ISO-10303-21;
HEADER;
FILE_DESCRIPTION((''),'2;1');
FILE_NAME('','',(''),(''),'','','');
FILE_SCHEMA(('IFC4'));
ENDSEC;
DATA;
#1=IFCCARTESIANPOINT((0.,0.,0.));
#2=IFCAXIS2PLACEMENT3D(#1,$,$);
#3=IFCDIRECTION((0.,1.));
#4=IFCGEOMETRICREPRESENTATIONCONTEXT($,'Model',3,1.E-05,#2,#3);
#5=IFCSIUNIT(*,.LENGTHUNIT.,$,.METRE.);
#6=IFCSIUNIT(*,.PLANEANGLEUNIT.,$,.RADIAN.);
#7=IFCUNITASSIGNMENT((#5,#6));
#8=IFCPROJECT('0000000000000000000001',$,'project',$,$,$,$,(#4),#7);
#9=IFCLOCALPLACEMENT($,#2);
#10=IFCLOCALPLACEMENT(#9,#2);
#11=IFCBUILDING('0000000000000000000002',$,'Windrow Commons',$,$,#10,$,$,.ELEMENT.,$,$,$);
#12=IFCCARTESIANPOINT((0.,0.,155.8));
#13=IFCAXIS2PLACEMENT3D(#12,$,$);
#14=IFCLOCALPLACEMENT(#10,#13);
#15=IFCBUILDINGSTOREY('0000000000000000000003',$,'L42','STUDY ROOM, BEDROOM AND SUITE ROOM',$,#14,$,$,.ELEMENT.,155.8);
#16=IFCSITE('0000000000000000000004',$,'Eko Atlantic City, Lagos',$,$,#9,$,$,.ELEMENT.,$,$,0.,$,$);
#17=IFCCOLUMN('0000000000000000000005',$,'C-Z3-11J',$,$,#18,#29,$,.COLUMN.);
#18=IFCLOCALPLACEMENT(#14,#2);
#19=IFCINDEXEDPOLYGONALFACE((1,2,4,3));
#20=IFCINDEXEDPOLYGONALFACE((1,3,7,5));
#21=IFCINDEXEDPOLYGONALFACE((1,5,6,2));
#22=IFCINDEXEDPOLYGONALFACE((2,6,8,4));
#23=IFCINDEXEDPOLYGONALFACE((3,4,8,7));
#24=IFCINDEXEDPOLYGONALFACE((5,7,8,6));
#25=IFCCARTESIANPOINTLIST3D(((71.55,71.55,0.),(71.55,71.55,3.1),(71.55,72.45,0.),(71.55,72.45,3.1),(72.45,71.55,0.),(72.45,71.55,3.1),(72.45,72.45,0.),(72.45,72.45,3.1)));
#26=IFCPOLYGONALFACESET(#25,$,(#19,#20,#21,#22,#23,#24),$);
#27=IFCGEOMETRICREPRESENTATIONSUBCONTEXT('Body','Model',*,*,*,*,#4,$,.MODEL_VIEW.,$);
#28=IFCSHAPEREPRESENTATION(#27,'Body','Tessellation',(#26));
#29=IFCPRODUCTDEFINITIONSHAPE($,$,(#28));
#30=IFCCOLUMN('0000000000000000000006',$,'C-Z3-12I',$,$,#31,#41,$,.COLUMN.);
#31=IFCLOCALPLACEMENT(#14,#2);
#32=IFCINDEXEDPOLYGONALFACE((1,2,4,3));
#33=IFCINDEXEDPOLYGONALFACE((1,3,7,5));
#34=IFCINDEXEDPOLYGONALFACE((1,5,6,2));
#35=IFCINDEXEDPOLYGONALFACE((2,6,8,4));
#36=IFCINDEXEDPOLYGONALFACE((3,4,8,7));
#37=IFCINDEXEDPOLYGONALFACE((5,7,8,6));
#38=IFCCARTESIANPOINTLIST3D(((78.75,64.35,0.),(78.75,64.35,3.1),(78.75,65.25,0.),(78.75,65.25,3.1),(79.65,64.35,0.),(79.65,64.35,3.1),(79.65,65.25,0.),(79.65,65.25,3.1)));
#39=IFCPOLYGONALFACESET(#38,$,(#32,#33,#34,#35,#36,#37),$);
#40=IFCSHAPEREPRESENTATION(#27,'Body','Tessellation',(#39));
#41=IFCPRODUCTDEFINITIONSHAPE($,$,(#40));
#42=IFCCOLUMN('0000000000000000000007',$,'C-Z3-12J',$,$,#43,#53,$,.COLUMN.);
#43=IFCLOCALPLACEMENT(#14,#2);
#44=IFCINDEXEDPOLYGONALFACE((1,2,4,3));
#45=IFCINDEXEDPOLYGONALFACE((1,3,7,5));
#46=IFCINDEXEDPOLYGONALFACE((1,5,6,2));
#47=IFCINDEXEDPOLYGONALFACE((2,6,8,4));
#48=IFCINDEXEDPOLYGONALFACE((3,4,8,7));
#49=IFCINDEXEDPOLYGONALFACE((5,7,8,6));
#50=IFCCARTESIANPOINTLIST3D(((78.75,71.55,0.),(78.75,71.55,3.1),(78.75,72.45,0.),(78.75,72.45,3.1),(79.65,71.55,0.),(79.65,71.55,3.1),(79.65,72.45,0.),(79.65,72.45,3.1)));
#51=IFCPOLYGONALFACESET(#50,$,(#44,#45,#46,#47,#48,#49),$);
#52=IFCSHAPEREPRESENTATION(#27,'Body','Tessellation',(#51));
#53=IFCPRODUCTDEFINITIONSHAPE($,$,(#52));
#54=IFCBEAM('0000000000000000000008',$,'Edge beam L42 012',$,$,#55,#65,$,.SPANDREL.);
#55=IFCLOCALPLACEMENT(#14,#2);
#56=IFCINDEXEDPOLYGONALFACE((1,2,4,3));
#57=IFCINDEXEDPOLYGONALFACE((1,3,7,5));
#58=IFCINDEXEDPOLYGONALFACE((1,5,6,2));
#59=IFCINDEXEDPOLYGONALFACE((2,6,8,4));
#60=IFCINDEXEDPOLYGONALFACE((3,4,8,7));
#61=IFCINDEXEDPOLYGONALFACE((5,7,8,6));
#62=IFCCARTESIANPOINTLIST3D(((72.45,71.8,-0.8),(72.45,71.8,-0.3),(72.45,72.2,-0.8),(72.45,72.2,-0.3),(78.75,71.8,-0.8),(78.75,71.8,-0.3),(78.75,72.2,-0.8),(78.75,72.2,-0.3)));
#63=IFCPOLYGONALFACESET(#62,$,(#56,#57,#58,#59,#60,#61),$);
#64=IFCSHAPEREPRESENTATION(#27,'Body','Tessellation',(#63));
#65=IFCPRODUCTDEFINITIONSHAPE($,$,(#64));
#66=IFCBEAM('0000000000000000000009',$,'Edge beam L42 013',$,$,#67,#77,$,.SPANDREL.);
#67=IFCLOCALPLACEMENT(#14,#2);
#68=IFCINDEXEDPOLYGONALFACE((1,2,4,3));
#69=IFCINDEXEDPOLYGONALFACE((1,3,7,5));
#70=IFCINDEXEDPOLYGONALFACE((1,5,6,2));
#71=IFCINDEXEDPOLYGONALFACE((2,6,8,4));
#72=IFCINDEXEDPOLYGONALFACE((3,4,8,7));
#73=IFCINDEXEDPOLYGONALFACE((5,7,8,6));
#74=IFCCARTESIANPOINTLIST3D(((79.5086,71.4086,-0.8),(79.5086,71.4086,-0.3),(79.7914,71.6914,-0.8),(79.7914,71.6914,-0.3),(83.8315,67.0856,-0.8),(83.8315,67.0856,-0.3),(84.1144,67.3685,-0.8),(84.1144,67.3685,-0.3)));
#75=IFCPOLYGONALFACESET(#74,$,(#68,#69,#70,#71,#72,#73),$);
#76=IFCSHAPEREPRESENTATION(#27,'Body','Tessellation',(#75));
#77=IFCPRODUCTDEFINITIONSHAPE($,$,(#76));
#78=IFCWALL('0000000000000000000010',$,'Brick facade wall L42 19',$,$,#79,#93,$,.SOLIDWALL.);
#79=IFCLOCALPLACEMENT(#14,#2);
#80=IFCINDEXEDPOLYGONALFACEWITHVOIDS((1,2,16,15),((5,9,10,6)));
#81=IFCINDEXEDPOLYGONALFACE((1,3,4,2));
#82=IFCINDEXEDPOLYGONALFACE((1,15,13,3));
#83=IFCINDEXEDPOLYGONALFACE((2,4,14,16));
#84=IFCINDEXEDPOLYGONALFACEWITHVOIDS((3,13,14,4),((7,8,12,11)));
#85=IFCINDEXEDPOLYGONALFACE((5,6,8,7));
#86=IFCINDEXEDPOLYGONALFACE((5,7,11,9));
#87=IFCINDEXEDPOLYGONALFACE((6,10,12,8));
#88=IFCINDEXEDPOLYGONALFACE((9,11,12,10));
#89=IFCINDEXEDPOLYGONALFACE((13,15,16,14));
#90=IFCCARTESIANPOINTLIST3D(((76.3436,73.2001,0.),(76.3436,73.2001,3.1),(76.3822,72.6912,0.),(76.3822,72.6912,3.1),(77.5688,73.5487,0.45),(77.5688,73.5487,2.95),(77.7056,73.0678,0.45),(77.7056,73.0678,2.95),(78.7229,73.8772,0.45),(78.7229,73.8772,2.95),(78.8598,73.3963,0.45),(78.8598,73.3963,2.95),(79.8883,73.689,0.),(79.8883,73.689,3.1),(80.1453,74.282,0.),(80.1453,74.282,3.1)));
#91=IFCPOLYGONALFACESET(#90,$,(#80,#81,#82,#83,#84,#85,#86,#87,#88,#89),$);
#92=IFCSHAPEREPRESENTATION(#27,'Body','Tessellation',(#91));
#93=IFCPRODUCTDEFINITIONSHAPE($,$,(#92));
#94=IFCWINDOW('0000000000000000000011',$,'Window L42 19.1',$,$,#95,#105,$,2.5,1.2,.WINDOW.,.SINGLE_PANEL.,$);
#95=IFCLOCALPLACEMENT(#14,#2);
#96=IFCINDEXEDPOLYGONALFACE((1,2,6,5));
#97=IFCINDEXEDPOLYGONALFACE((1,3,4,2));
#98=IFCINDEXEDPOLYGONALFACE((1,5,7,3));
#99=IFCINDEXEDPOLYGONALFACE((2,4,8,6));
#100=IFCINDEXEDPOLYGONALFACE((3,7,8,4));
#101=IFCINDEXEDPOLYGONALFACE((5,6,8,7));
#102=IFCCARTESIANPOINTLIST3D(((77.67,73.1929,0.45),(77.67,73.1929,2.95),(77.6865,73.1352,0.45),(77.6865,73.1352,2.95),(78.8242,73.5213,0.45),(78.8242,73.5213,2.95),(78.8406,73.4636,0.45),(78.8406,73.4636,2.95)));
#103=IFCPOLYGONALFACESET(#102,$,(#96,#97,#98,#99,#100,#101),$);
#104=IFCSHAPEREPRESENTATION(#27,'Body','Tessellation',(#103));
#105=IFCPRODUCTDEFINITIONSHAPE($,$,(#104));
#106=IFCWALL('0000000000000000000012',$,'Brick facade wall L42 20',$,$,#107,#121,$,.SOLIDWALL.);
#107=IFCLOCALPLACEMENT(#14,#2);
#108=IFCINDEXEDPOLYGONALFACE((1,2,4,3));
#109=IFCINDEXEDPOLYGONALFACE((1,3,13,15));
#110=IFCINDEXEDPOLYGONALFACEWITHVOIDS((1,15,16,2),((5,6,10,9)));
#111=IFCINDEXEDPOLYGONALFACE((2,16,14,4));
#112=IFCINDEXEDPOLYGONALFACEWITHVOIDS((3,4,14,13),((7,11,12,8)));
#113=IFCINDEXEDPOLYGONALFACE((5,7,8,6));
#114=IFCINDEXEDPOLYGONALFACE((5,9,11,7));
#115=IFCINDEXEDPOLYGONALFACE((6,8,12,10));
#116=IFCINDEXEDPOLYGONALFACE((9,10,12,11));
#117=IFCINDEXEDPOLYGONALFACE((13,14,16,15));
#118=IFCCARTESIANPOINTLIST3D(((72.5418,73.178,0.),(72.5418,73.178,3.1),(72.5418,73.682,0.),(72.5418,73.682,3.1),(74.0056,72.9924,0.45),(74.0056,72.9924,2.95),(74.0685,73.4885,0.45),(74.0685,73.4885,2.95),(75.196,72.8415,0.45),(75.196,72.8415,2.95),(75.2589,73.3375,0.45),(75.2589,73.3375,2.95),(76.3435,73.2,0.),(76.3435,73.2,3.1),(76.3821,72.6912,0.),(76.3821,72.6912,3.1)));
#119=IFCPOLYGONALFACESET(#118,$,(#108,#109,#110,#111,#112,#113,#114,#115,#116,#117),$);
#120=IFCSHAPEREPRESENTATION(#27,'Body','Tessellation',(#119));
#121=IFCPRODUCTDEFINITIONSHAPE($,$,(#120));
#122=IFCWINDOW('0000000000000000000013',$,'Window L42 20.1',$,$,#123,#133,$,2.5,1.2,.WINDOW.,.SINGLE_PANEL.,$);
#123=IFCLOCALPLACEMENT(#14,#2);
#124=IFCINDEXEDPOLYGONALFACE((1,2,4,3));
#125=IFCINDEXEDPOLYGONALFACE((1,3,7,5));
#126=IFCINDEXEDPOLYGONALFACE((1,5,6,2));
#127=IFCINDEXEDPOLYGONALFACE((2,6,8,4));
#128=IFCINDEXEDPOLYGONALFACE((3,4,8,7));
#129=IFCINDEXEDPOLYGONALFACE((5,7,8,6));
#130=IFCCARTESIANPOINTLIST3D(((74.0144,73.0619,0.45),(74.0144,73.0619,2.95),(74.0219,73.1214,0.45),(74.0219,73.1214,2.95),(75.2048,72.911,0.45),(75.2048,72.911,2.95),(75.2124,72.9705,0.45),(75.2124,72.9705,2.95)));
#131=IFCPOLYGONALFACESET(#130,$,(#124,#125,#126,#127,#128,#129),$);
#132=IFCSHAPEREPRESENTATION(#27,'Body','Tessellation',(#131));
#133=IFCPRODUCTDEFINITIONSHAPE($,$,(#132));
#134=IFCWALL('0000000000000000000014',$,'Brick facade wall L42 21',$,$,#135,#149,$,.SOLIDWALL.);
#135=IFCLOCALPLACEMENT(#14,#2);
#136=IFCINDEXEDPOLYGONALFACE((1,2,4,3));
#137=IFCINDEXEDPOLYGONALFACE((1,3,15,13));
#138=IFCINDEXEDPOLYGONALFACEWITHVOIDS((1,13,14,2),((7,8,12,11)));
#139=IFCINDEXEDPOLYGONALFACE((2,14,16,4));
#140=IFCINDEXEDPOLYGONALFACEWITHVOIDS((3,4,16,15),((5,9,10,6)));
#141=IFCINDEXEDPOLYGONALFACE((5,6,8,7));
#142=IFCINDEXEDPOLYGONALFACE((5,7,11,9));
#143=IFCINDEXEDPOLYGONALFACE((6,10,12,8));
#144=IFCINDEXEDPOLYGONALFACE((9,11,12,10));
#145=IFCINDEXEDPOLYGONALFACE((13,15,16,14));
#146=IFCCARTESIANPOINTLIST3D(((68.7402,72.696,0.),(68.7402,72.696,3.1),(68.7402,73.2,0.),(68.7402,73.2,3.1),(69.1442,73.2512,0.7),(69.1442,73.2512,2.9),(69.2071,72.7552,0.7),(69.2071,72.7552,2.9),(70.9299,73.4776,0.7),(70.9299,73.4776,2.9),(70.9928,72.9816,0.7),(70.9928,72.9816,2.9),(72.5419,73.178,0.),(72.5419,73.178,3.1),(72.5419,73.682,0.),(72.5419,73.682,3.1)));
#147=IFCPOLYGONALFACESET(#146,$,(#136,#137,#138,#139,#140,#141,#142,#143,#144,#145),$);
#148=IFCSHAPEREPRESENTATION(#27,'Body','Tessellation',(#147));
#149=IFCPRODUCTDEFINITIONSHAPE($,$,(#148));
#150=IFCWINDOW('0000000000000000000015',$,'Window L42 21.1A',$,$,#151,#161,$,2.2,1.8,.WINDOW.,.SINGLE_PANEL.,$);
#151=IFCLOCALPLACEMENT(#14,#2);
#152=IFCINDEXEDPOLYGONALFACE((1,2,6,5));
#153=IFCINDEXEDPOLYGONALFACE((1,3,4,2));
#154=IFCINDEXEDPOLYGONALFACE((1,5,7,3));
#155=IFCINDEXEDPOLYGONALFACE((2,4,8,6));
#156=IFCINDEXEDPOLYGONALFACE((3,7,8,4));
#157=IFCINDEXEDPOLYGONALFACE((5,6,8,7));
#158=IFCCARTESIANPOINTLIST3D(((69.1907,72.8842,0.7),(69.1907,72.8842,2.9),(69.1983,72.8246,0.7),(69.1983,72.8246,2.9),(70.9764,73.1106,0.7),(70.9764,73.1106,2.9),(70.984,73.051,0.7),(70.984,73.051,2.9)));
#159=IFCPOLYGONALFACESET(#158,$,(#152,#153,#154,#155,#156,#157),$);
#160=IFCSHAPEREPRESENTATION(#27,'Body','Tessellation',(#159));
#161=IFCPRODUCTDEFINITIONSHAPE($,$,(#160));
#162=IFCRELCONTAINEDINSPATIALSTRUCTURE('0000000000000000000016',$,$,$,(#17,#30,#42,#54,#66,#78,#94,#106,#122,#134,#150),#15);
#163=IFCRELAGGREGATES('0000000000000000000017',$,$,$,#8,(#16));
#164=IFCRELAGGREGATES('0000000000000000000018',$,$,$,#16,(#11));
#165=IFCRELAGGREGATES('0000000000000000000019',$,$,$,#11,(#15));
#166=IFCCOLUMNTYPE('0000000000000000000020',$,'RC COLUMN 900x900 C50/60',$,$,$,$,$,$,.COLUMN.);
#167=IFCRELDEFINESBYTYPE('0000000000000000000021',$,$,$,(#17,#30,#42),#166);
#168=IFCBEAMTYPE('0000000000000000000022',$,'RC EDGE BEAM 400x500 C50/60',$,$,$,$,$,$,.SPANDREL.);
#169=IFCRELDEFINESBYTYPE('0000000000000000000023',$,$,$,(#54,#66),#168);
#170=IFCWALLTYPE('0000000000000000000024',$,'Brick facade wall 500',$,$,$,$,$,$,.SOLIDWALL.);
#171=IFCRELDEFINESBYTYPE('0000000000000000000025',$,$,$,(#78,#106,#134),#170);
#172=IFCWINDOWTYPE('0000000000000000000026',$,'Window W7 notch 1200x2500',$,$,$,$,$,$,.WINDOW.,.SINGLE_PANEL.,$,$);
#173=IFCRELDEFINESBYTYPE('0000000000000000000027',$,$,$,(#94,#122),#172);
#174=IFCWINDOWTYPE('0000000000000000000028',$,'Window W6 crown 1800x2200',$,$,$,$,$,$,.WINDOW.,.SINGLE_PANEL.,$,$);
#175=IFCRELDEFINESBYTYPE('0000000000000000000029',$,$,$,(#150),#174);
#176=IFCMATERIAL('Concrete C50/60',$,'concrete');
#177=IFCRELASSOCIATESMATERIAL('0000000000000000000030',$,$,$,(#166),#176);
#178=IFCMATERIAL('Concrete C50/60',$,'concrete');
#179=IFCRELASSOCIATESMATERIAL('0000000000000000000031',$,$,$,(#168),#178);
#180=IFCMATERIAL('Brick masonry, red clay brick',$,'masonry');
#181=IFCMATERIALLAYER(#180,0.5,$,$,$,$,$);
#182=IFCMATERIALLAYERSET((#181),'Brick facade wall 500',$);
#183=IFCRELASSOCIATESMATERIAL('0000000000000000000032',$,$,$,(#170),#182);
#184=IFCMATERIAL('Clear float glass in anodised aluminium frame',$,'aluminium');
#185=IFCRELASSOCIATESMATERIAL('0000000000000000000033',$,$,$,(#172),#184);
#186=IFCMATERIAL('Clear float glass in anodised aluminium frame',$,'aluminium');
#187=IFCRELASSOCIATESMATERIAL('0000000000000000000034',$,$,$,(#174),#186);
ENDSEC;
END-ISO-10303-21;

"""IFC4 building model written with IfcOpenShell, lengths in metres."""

from ifc_helpers import new_model, si_unit, direction, frame, frame_2d, origin, origin_2d, place, context, subcontext, project, spatial, polyline, rectangle, outline, extrude, material, layer, layer_set, material_profile, profile_set, type_object, element, fill, save


model = new_model("IFC4")

# Units and contexts
model_context = context("Model", 3, precision=1e-05, world=origin(), true_north=direction((0.0, 1.0)))
body_context = subcontext(model_context, "Body", "Model", "MODEL_VIEW")
ifc_project = project(units=[si_unit("LENGTHUNIT", "METRE"), si_unit("PLANEANGLEUNIT", "RADIAN")], contexts=[model_context])

# Site, building, storey
site_placement = place(None, origin())
site = spatial("IfcSite", under=ifc_project, at=site_placement, Name="Eko Atlantic City, Lagos", CompositionType="ELEMENT", RefElevation=0.0)
building_placement = place(site_placement, origin())
building = spatial("IfcBuilding", under=site, at=building_placement, Name="Windrow Commons", CompositionType="ELEMENT")
storey_placement = place(building_placement, frame((0.0, 0.0, 155.8)))
storey = spatial("IfcBuildingStorey", under=building, at=storey_placement, Name="L42", Description="STUDY ROOM, BEDROOM AND SUITE ROOM", CompositionType="ELEMENT", Elevation=155.8)

# Columns
ifc_material_1 = material(Name="Concrete C50/60", Category="concrete")
ifc_material_profile_1 = material_profile(ifc_material_1, rectangle(XDim=0.9, YDim=0.9, at=origin_2d()))
ifc_profile_set_1 = profile_set([ifc_material_profile_1], Name="Concrete C50/60")
column_type = type_object("IfcColumnType", Name="RC COLUMN 900x900 C50/60", PredefinedType="COLUMN", material=ifc_profile_set_1)
for number, where, z_axis, x_axis, name in (
    (1, (72.0, 72.0, 0.0), (0.0, 0.0, 1.0), (1.0, 0.0, 0.0), "C-Z3-11J"),
    (2, (79.2, 64.8, 0.0), (0.0, 0.0, 1.0), (1.0, 0.0, 0.0), "C-Z3-12I"),
    (3, (79.2, 72.0, 0.0), (0.0, 0.0, 1.0), (1.0, 0.0, 0.0), "C-Z3-12J"),
):
    element("IfcColumn", number, at=place(storey_placement, frame(where, z_axis=z_axis, x_axis=x_axis)), inside=storey, type_object=column_type, Name=name, PredefinedType="COLUMN", context=body_context, shape_type="SweptSolid", body=[
        extrude(rectangle(XDim=0.9, YDim=0.9, at=origin_2d()), origin(), (0.0, 0.0, 1.0), 3.1),
    ])

# Beams
ifc_material_2 = material(Name="Concrete C50/60", Category="concrete")
ifc_material_profile_2 = material_profile(ifc_material_2, rectangle(XDim=0.4, YDim=0.5, at=origin_2d()))
ifc_profile_set_2 = profile_set([ifc_material_profile_2], Name="Concrete C50/60")
beam_type = type_object("IfcBeamType", Name="RC EDGE BEAM 400x500 C50/60", PredefinedType="SPANDREL", material=ifc_profile_set_2)
beam_1_placement = place(storey_placement, frame((72.45, 72.0, -0.55), z_axis=(1.0, 0.0, 0.0), x_axis=(0.0, 1.0, 0.0)))
element("IfcBeam", 4, at=beam_1_placement, inside=storey, type_object=beam_type, Name="Edge beam L42 012", PredefinedType="SPANDREL", context=body_context, shape_type="SweptSolid", body=[
    extrude(rectangle(XDim=0.4, YDim=0.5, at=origin_2d()), origin(), (0.0, 0.0, 1.0), 6.3),
])
beam_2_placement = place(storey_placement, frame((79.65, 71.55, -0.55), z_axis=(0.707107, -0.707107, 0.0), x_axis=(0.707107, 0.707107, 0.0)))
element("IfcBeam", 5, at=beam_2_placement, inside=storey, type_object=beam_type, Name="Edge beam L42 013", PredefinedType="SPANDREL", context=body_context, shape_type="SweptSolid", body=[
    extrude(rectangle(XDim=0.4, YDim=0.5, at=origin_2d()), origin(), (0.0, 0.0, 1.0), 6.1136),
])

# Walls, openings, windows
ifc_material_3 = material(Name="Brick masonry, red clay brick", Category="masonry")
ifc_layer_1 = layer(ifc_material_3, 0.5)
ifc_layer_set_1 = layer_set([ifc_layer_1], Name="Brick facade wall 500")
wall_type_1 = type_object("IfcWallType", Name="Brick facade wall 500", PredefinedType="SOLIDWALL", material=ifc_layer_set_1)
wall_1_placement = place(storey_placement, frame((80.0168, 73.9855, 0.0), z_axis=(0.0, 0.0, 1.0), x_axis=(-0.961809, -0.273723, 0.0)))
wall_1 = element("IfcWall", 6, at=wall_1_placement, inside=storey, type_object=wall_type_1, Name="Brick facade wall L42 19", PredefinedType="SOLIDWALL", context=body_context, shape_type="SweptSolid", body=[
    extrude(outline(polyline([(-0.2048, -0.25), (3.7479, -0.25), (3.8501, 0.25), (0.2048, 0.25), (-0.2048, -0.25)])), origin(), (0.0, 0.0, 1.0), 3.1),
])
opening_1_placement = place(wall_1_placement, frame((1.2741, 0.0, 0.45)))
opening_1 = element("IfcOpeningElement", 7, at=opening_1_placement, cuts=wall_1, PredefinedType="OPENING", context=body_context, shape_type="SweptSolid", body=[
    extrude(rectangle(XDim=1.2, YDim=2.5, at=frame_2d((0.6, 1.25))), frame((0.0, 0.26, 0.0), z_axis=(0.0, -1.0, 0.0), x_axis=(1.0, 0.0, 0.0)), (0.0, 0.0, 1.0), 0.52),
])
ifc_material_4 = material(Name="Clear float glass in anodised aluminium frame", Category="aluminium")
window_type_1 = type_object("IfcWindowType", Name="Window W7 notch 1200x2500", PartitioningType="SINGLE_PANEL", PredefinedType="WINDOW", material=ifc_material_4)
window_1_placement = place(opening_1_placement, origin())
window_1 = element("IfcWindow", 8, at=window_1_placement, inside=storey, type_object=window_type_1, Name="Window L42 19.1", OverallHeight=2.5, OverallWidth=1.2, PartitioningType="SINGLE_PANEL", PredefinedType="WINDOW", context=body_context, shape_type="SweptSolid", body=[
    extrude(rectangle(XDim=1.2, YDim=2.5, at=frame_2d((0.6, 1.25))), frame((0.0, 0.18, 0.0), z_axis=(0.0, -1.0, 0.0), x_axis=(1.0, 0.0, 0.0)), (0.0, 0.0, 1.0), 0.06),
])
fill(opening_1, window_1)
wall_2_placement = place(storey_placement, frame((76.3628, 72.9456, 0.0), z_axis=(0.0, 0.0, 1.0), x_axis=(-0.992059, 0.12577, 0.0)))
wall_2 = element("IfcWall", 9, at=wall_2_placement, inside=storey, type_object=wall_type_1, Name="Brick facade wall L42 20", PredefinedType="SOLIDWALL", context=body_context, shape_type="SweptSolid", body=[
    extrude(outline(polyline([(0.0511, -0.25), (3.8833, -0.25), (3.8199, 0.25), (-0.0511, 0.25), (0.0511, -0.25)])), origin(), (0.0, 0.0, 1.0), 3.1),
])
opening_2_placement = place(wall_2_placement, frame((1.1444, 0.0, 0.45)))
opening_2 = element("IfcOpeningElement", 10, at=opening_2_placement, cuts=wall_2, PredefinedType="OPENING", context=body_context, shape_type="SweptSolid", body=[
    extrude(rectangle(XDim=1.2, YDim=2.5, at=frame_2d((0.6, 1.25))), frame((0.0, 0.26, 0.0), z_axis=(0.0, -1.0, 0.0), x_axis=(1.0, 0.0, 0.0)), (0.0, 0.0, 1.0), 0.52),
])
window_2_placement = place(opening_2_placement, origin())
window_2 = element("IfcWindow", 11, at=window_2_placement, inside=storey, type_object=window_type_1, Name="Window L42 20.1", OverallHeight=2.5, OverallWidth=1.2, PartitioningType="SINGLE_PANEL", PredefinedType="WINDOW", context=body_context, shape_type="SweptSolid", body=[
    extrude(rectangle(XDim=1.2, YDim=2.5, at=frame_2d((0.6, 1.25))), frame((0.0, 0.18, 0.0), z_axis=(0.0, -1.0, 0.0), x_axis=(1.0, 0.0, 0.0)), (0.0, 0.0, 1.0), 0.06),
])
fill(opening_2, window_2)
wall_3_placement = place(storey_placement, frame((72.5419, 73.43, 0.0), z_axis=(0.0, 0.0, 1.0), x_axis=(-0.992058, -0.125779, 0.0)))
wall_3 = element("IfcWall", 12, at=wall_3_placement, inside=storey, type_object=wall_type_1, Name="Brick facade wall L42 21", PredefinedType="SOLIDWALL", context=body_context, shape_type="SweptSolid", body=[
    extrude(outline(polyline([(-0.0317, -0.25), (3.8004, -0.25), (3.8638, 0.25), (0.0317, 0.25), (-0.0317, -0.25)])), origin(), (0.0, 0.0, 1.0), 3.1),
])
opening_3_placement = place(wall_3_placement, frame((1.5932, 0.0, 0.7)))
opening_3 = element("IfcOpeningElement", 13, at=opening_3_placement, cuts=wall_3, PredefinedType="OPENING", context=body_context, shape_type="SweptSolid", body=[
    extrude(rectangle(XDim=1.8, YDim=2.2, at=frame_2d((0.9, 1.1))), frame((0.0, 0.26, 0.0), z_axis=(0.0, -1.0, 0.0), x_axis=(1.0, 0.0, 0.0)), (0.0, 0.0, 1.0), 0.52),
])
ifc_material_5 = material(Name="Clear float glass in anodised aluminium frame", Category="aluminium")
window_type_2 = type_object("IfcWindowType", Name="Window W6 crown 1800x2200", PartitioningType="SINGLE_PANEL", PredefinedType="WINDOW", material=ifc_material_5)
window_3_placement = place(opening_3_placement, origin())
window_3 = element("IfcWindow", 14, at=window_3_placement, inside=storey, type_object=window_type_2, Name="Window L42 21.1A", OverallHeight=2.2, OverallWidth=1.8, PartitioningType="SINGLE_PANEL", PredefinedType="WINDOW", context=body_context, shape_type="SweptSolid", body=[
    extrude(rectangle(XDim=1.8, YDim=2.2, at=frame_2d((0.9, 1.1))), frame((0.0, 0.18, 0.0), z_axis=(0.0, -1.0, 0.0), x_axis=(1.0, 0.0, 0.0)), (0.0, 0.0, 1.0), 0.06),
])
fill(opening_3, window_3)

save(model, "model.ifc")
